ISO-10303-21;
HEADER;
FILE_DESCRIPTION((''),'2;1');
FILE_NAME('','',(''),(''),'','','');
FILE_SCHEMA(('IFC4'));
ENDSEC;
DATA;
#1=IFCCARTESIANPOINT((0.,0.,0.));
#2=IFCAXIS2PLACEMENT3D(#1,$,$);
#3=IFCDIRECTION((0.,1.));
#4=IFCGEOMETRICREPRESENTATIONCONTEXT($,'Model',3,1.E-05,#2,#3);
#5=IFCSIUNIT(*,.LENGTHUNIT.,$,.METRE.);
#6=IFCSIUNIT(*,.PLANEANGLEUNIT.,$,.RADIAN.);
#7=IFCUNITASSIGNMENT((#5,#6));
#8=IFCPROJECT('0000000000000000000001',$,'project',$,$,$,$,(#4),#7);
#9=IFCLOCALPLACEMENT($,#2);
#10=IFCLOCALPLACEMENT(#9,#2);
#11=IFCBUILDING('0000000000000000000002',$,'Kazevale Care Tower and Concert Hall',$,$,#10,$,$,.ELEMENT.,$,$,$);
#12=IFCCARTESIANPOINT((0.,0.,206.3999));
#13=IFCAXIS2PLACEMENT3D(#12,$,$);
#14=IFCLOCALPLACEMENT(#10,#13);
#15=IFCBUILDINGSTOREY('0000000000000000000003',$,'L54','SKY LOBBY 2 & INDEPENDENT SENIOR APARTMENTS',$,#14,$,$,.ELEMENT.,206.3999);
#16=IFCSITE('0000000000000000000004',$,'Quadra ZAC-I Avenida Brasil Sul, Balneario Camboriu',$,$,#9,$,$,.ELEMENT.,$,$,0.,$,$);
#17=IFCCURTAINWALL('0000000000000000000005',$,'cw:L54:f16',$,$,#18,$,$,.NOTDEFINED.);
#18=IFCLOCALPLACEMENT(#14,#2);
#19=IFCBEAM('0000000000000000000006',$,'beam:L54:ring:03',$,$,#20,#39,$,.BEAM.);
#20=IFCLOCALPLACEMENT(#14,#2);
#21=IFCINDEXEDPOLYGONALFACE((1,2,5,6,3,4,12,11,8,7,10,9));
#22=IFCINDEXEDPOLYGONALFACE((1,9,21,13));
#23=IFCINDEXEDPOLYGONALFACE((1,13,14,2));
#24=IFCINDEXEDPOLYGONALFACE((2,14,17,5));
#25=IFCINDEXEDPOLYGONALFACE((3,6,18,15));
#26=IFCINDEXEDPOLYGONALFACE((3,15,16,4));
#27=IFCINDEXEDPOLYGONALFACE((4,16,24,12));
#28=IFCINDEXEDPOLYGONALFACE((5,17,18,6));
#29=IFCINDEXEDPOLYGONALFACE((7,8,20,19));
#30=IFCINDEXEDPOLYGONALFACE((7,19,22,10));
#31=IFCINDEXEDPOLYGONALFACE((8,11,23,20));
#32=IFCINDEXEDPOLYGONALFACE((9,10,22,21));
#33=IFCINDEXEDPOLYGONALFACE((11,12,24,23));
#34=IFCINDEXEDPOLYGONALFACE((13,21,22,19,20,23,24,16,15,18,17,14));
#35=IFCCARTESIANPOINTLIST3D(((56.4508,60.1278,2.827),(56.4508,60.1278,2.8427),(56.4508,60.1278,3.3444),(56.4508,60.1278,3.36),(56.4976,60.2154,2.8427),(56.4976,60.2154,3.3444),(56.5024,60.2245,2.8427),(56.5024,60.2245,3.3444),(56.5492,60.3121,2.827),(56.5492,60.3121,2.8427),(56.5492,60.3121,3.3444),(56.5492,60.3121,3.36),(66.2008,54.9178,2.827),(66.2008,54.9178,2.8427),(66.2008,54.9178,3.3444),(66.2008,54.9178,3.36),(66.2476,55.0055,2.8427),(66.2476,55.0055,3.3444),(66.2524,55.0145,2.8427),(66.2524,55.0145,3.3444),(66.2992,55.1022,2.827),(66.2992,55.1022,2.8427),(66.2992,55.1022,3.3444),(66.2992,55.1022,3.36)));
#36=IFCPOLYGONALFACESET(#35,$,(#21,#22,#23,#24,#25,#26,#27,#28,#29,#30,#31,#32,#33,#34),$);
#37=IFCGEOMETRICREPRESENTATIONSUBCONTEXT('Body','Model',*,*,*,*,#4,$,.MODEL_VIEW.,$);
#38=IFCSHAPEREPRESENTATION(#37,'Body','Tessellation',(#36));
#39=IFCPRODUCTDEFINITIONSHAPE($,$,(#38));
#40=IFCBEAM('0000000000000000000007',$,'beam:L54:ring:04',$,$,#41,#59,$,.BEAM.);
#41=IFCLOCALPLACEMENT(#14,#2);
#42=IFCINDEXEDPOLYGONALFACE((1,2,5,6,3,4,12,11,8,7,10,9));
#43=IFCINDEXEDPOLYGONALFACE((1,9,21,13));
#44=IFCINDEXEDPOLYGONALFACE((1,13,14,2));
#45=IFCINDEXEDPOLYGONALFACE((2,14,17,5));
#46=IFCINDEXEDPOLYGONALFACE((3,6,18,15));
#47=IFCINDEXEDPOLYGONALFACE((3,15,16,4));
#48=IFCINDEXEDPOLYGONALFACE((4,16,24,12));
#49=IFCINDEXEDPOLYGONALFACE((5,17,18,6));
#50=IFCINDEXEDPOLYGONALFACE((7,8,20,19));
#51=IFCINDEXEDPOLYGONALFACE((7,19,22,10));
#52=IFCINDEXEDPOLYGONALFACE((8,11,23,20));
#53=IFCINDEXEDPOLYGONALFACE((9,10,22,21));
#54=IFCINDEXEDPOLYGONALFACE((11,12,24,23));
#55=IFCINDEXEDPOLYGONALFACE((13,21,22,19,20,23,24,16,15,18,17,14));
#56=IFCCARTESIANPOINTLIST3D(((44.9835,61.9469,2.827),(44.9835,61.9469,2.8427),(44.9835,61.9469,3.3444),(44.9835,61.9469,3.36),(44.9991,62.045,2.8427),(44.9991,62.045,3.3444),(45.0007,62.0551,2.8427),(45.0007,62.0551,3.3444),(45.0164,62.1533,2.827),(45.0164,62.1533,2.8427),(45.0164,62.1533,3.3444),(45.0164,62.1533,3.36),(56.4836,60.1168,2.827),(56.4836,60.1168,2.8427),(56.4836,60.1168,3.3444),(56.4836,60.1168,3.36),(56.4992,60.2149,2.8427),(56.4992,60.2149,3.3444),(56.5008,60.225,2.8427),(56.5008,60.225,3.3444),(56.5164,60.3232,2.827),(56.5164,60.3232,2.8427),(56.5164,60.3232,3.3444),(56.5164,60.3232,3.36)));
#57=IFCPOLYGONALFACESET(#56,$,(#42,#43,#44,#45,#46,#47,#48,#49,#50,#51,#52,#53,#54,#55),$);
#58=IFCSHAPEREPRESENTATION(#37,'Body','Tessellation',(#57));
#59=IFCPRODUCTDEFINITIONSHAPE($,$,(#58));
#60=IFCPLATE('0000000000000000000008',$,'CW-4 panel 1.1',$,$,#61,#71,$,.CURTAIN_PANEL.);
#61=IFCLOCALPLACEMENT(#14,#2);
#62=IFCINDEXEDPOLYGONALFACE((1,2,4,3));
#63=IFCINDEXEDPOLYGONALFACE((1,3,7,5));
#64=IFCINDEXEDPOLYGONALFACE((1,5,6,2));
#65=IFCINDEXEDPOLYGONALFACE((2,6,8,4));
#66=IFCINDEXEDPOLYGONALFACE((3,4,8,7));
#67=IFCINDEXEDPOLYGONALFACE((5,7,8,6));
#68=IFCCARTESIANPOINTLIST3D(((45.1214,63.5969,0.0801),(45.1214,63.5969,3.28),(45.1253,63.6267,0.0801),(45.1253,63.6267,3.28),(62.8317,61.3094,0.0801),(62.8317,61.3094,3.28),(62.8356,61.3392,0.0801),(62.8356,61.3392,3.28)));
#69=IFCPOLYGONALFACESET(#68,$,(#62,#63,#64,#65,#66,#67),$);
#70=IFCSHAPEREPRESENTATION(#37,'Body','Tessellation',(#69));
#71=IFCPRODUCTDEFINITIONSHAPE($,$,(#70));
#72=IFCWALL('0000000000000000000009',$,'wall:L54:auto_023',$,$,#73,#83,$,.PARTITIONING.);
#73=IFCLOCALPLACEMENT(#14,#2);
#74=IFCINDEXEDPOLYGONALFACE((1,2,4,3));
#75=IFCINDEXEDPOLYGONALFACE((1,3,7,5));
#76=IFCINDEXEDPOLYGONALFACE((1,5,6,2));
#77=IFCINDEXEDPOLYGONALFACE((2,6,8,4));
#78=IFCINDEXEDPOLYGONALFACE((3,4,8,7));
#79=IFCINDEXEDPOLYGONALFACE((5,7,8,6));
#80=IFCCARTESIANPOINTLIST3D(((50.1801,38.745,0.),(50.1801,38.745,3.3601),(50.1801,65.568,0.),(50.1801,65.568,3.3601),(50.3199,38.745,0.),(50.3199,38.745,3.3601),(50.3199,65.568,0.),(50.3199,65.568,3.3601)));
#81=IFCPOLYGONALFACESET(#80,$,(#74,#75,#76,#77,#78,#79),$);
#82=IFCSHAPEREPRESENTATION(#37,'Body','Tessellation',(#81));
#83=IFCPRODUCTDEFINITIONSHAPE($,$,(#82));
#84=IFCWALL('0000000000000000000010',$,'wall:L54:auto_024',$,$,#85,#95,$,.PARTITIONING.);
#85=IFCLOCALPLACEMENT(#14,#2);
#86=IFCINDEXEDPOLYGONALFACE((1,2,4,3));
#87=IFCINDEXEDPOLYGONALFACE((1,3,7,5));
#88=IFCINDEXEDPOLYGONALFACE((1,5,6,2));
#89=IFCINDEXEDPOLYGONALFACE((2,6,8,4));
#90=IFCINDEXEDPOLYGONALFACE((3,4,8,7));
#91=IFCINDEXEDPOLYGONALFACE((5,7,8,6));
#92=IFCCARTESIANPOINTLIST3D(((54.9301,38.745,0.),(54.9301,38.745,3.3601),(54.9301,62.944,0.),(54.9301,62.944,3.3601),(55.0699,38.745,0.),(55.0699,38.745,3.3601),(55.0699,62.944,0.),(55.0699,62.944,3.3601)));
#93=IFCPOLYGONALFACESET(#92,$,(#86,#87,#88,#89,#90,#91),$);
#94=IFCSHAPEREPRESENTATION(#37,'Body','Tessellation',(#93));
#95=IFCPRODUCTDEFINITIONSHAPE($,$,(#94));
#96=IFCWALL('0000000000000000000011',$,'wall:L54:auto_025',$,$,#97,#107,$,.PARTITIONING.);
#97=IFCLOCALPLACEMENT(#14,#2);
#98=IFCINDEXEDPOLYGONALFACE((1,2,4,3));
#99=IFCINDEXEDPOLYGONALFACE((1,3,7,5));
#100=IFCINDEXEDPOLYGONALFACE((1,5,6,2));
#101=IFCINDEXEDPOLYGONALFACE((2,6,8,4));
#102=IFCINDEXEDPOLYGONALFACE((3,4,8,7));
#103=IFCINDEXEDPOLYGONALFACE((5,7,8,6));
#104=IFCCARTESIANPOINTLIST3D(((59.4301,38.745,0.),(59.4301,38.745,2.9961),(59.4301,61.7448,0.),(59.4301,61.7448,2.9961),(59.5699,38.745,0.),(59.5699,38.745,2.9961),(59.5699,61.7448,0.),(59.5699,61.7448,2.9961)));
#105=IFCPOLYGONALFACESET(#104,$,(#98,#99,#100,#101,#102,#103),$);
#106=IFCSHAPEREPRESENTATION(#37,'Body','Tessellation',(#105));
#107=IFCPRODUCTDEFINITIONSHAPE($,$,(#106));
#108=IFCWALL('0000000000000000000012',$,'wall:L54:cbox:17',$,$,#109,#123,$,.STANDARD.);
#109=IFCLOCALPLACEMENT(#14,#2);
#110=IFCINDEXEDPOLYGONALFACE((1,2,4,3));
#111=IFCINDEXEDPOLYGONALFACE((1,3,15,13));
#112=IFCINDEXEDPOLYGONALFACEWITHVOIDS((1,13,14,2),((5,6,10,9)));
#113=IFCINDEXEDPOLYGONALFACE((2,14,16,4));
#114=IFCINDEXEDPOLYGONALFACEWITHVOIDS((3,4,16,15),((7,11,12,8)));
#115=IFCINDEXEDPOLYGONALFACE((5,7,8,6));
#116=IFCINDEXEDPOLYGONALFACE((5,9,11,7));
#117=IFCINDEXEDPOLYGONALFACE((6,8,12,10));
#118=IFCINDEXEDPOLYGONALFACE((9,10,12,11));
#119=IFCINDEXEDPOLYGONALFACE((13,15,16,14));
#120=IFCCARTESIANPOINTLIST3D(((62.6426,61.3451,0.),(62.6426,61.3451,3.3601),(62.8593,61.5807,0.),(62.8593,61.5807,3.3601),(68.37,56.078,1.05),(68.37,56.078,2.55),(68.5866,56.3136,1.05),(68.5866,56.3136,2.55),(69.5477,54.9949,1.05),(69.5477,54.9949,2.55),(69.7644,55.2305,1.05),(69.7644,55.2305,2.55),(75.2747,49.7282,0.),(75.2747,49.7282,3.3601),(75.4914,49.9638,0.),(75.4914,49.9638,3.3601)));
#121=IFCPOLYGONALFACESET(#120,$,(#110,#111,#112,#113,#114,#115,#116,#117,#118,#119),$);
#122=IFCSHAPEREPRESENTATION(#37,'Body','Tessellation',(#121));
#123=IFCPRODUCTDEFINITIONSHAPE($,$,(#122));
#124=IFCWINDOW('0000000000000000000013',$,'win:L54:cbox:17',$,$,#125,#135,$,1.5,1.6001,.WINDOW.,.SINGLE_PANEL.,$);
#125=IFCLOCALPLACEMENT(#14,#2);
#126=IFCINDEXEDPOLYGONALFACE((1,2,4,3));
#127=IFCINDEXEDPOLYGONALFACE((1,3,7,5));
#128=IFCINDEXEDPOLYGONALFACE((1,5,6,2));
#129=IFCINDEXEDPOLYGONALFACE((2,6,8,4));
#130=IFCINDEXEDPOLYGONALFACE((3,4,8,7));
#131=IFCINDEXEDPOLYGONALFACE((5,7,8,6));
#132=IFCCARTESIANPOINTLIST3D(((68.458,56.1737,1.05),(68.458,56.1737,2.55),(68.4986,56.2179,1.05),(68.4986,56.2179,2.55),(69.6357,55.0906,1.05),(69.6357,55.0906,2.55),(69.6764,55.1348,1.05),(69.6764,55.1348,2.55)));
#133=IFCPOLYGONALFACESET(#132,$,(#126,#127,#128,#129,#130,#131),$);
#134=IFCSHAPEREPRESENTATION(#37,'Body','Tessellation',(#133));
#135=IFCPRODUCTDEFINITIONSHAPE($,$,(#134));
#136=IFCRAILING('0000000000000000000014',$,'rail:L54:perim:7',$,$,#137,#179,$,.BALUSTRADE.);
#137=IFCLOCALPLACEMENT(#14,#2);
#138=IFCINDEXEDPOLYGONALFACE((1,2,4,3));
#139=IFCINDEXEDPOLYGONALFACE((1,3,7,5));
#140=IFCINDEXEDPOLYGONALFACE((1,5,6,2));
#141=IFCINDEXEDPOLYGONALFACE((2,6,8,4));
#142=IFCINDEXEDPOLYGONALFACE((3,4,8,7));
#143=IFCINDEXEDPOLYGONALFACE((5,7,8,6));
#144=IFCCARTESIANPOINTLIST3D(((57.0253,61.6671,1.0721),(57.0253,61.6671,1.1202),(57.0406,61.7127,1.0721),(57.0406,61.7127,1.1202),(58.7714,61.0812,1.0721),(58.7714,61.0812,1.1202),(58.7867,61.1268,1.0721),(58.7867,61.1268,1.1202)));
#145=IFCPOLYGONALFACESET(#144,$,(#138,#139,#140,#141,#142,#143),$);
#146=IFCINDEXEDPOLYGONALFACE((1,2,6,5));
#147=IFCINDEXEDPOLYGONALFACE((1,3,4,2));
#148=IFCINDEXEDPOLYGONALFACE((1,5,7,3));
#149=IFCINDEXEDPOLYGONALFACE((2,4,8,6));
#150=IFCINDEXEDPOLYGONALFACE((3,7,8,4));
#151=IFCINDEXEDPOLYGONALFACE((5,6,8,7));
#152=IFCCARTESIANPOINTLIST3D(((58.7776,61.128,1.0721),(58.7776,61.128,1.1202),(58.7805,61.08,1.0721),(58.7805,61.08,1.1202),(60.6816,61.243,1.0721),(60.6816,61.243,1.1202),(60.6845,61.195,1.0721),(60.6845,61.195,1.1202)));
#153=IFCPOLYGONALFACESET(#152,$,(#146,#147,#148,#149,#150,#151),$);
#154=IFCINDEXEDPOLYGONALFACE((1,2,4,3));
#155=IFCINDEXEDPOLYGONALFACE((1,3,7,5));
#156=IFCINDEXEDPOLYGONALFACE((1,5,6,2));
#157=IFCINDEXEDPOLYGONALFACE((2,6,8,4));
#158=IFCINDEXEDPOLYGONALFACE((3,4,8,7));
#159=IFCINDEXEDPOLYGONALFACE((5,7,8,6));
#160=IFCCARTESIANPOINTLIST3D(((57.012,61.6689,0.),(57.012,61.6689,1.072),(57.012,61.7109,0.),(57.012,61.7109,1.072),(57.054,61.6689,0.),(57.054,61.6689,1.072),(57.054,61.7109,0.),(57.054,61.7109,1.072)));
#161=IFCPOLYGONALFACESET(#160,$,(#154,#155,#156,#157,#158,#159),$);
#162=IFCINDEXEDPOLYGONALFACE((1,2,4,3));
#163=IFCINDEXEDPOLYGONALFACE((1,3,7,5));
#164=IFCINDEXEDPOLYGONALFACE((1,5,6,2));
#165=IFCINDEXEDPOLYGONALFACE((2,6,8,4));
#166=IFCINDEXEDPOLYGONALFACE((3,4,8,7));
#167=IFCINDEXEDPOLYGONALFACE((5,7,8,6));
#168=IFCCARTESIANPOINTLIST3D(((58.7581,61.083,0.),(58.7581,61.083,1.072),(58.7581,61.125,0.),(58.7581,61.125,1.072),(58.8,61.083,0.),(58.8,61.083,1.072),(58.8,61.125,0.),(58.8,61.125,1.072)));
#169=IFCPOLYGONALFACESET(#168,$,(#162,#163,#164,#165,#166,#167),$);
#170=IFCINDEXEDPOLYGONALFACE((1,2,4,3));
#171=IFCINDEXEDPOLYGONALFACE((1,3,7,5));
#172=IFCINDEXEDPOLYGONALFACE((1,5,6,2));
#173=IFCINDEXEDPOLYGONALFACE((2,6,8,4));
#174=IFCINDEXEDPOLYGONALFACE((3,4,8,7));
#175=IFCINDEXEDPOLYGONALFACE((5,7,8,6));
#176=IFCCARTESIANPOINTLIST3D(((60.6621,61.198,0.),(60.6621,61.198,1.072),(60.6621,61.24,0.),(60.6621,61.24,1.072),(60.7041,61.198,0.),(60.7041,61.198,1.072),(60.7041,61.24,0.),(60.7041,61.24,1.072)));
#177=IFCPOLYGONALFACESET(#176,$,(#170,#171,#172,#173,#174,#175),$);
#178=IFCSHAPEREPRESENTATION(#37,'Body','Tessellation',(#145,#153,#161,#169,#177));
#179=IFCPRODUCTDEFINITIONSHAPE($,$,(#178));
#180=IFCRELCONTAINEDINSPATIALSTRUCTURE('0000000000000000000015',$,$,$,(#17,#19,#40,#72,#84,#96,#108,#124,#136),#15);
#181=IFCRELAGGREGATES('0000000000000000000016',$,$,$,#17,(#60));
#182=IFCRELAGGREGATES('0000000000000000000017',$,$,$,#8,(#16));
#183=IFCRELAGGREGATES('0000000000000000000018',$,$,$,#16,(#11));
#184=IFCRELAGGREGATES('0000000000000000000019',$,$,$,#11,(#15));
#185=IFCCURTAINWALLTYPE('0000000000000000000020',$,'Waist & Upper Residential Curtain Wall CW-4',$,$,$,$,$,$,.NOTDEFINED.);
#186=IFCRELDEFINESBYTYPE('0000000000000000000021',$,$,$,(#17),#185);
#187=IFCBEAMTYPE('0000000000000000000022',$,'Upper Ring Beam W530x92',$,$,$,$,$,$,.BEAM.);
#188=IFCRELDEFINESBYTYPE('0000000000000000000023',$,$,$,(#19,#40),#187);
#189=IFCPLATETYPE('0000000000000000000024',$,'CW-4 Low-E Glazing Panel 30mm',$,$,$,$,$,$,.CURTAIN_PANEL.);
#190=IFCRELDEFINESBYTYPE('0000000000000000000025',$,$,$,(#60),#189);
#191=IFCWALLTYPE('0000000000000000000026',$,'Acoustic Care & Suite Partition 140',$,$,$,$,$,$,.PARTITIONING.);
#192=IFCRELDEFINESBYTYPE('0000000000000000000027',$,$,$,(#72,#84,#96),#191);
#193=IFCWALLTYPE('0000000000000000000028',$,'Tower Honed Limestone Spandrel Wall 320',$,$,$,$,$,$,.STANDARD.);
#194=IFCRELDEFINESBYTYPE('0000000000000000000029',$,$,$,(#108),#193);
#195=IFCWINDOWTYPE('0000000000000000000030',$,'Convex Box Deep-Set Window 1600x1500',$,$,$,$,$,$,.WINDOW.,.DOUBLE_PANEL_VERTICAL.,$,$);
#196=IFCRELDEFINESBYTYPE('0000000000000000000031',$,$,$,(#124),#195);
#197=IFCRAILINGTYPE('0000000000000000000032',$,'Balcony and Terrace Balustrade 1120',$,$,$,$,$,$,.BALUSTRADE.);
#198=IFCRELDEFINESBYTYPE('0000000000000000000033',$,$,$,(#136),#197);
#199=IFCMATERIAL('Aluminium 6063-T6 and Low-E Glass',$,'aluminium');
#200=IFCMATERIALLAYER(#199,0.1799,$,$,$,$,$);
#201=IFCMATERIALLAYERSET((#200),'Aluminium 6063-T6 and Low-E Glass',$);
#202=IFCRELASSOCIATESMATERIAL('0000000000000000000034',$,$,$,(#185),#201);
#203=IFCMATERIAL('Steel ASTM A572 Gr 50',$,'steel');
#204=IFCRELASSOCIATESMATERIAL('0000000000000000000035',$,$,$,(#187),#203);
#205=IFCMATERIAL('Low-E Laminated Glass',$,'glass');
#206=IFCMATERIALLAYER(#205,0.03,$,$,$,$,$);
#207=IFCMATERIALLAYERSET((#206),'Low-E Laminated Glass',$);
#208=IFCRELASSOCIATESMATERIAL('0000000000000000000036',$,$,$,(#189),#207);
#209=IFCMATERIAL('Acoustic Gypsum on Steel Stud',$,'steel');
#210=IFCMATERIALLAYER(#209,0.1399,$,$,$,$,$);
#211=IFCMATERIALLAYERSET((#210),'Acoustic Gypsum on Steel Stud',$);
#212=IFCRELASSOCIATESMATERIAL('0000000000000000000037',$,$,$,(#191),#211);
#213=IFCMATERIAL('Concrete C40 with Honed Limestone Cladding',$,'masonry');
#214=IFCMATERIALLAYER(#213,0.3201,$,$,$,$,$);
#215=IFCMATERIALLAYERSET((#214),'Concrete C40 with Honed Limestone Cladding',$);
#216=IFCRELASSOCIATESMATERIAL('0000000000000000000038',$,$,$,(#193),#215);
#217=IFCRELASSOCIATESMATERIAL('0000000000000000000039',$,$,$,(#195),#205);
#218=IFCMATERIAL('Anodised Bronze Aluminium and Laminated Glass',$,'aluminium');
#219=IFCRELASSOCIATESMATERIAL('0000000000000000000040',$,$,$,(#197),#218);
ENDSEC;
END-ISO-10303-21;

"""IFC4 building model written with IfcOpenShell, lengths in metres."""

from ifc_helpers import new_model, si_unit, direction, frame, frame_2d, origin, origin_2d, place, context, subcontext, project, spatial, rectangle, i_section, extrude, material, layer, layer_set, material_profile, profile_set, type_object, element, fill, aggregate, save


model = new_model("IFC4")

# Units and contexts
model_context = context("Model", 3, precision=1e-05, world=origin(), true_north=direction((0.0, 1.0)))
body_context = subcontext(model_context, "Body", "Model", "MODEL_VIEW")
ifc_project = project(units=[si_unit("LENGTHUNIT", "METRE"), si_unit("PLANEANGLEUNIT", "RADIAN")], contexts=[model_context])

# Site, building, storey
site_placement = place(None, origin())
site = spatial("IfcSite", under=ifc_project, at=site_placement, Name="Quadra ZAC-I Avenida Brasil Sul, Balneario Camboriu", CompositionType="ELEMENT", RefElevation=0.0)
building_placement = place(site_placement, origin())
building = spatial("IfcBuilding", under=site, at=building_placement, Name="Kazevale Care Tower and Concert Hall", CompositionType="ELEMENT")
storey_placement = place(building_placement, frame((0.0, 0.0, 206.3999)))
storey = spatial("IfcBuildingStorey", under=building, at=storey_placement, Name="L54", Description="SKY LOBBY 2 & INDEPENDENT SENIOR APARTMENTS", CompositionType="ELEMENT", Elevation=206.3999)

# Curtain wall
ifc_material_1 = material(Name="Aluminium 6063-T6 and Low-E Glass", Category="aluminium")
ifc_layer_1 = layer(ifc_material_1, 0.1799)
ifc_layer_set_1 = layer_set([ifc_layer_1], Name="Aluminium 6063-T6 and Low-E Glass")
curtain_wall_type = type_object("IfcCurtainWallType", Name="Waist & Upper Residential Curtain Wall CW-4", PredefinedType="NOTDEFINED", material=ifc_layer_set_1)
curtain_wall_1_placement = place(storey_placement, origin())
curtain_wall_1 = element("IfcCurtainWall", 1, at=curtain_wall_1_placement, inside=storey, type_object=curtain_wall_type, Name="cw:L54:f16", PredefinedType="NOTDEFINED")

# Beams
ifc_material_2 = material(Name="Steel ASTM A572 Gr 50", Category="steel")
ifc_material_profile_1 = material_profile(ifc_material_2, i_section(OverallWidth=0.209, OverallDepth=0.533, WebThickness=0.0103, FlangeThickness=0.0156, at=origin_2d()), Name="W530x92")
ifc_profile_set_1 = profile_set([ifc_material_profile_1], Name="Steel ASTM A572 Gr 50")
beam_type_1 = type_object("IfcBeamType", Name="Upper Ring Beam W530x92", PredefinedType="BEAM", material=ifc_profile_set_1)
beam_1_placement = place(storey_placement, frame((66.25, 55.01, 3.0935), z_axis=(-0.881979, 0.47129, 0.0), x_axis=(-0.47129, -0.881979, 0.0)))
element("IfcBeam", 2, at=beam_1_placement, inside=storey, type_object=beam_type_1, Name="beam:L54:ring:03", PredefinedType="BEAM", context=body_context, shape_type="SweptSolid", body=[
    extrude(i_section(OverallWidth=0.209, OverallDepth=0.533, WebThickness=0.0103, FlangeThickness=0.0156, at=origin_2d()), origin(), (0.0, 0.0, 1.0), 11.0547),
])
beam_2_placement = place(storey_placement, frame((56.5, 60.22, 3.0935), z_axis=(-0.987573, 0.15716, 0.0), x_axis=(-0.15716, -0.987573, 0.0)))
element("IfcBeam", 3, at=beam_2_placement, inside=storey, type_object=beam_type_1, Name="beam:L54:ring:04", PredefinedType="BEAM", context=body_context, shape_type="SweptSolid", body=[
    extrude(i_section(OverallWidth=0.209, OverallDepth=0.533, WebThickness=0.0103, FlangeThickness=0.0156, at=origin_2d()), origin(), (0.0, 0.0, 1.0), 11.6448),
])

# Plate
ifc_material_3 = material(Name="Low-E Laminated Glass", Category="glass")
ifc_layer_2 = layer(ifc_material_3, 0.03)
ifc_layer_set_2 = layer_set([ifc_layer_2], Name="Low-E Laminated Glass")
plate_type = type_object("IfcPlateType", Name="CW-4 Low-E Glazing Panel 30mm", PredefinedType="CURTAIN_PANEL", material=ifc_layer_set_2)
plate_placement = place(storey_placement, frame((53.9785, 62.468, 0.0801), z_axis=(0.0, 0.0, 1.0), x_axis=(0.991761, -0.128098, 0.0)))
plate = element("IfcPlate", 4, at=plate_placement, type_object=plate_type, Name="CW-4 panel 1.1", PredefinedType="CURTAIN_PANEL", context=body_context, shape_type="SweptSolid", body=[
    extrude(rectangle(XDim=17.8574, YDim=0.03, at=origin_2d()), origin(), (0.0, 0.0, 1.0), 3.2),
])
aggregate(curtain_wall_1, [plate])

# Walls
ifc_material_4 = material(Name="Acoustic Gypsum on Steel Stud", Category="steel")
ifc_layer_3 = layer(ifc_material_4, 0.1399)
ifc_layer_set_3 = layer_set([ifc_layer_3], Name="Acoustic Gypsum on Steel Stud")
wall_type_1 = type_object("IfcWallType", Name="Acoustic Care & Suite Partition 140", PredefinedType="PARTITIONING", material=ifc_layer_set_3)
wall_1_placement = place(storey_placement, frame((50.25, 65.5681, 0.0), z_axis=(0.0, 0.0, 1.0), x_axis=(0.0, -1.0, 0.0)))
element("IfcWall", 5, at=wall_1_placement, inside=storey, type_object=wall_type_1, Name="wall:L54:auto_023", PredefinedType="PARTITIONING", context=body_context, shape_type="SweptSolid", body=[
    extrude(rectangle(XDim=26.823, YDim=0.1399, at=frame_2d((13.4116, 0.0))), origin(), (0.0, 0.0, 1.0), 3.3601),
])
wall_2_placement = place(storey_placement, frame((55.0, 62.9441, 0.0), z_axis=(0.0, 0.0, 1.0), x_axis=(0.0, -1.0, 0.0)))
element("IfcWall", 6, at=wall_2_placement, inside=storey, type_object=wall_type_1, Name="wall:L54:auto_024", PredefinedType="PARTITIONING", context=body_context, shape_type="SweptSolid", body=[
    extrude(rectangle(XDim=24.199, YDim=0.1399, at=frame_2d((12.0996, 0.0))), origin(), (0.0, 0.0, 1.0), 3.3601),
])
wall_3_placement = place(storey_placement, frame((59.5, 61.7449, 0.0), z_axis=(0.0, 0.0, 1.0), x_axis=(0.0, -1.0, 0.0)))
element("IfcWall", 7, at=wall_3_placement, inside=storey, type_object=wall_type_1, Name="wall:L54:auto_025", PredefinedType="PARTITIONING", context=body_context, shape_type="SweptSolid", body=[
    extrude(rectangle(XDim=22.9998, YDim=0.1399, at=frame_2d((11.5, 0.0))), origin(), (0.0, 0.0, 1.0), 2.9961),
])

# Wall, opening, window
ifc_material_5 = material(Name="Concrete C40 with Honed Limestone Cladding", Category="masonry")
ifc_layer_4 = layer(ifc_material_5, 0.3201)
ifc_layer_set_4 = layer_set([ifc_layer_4], Name="Concrete C40 with Honed Limestone Cladding")
wall_type_2 = type_object("IfcWallType", Name="Tower Honed Limestone Spandrel Wall 320", PredefinedType="STANDARD", material=ifc_layer_set_4)
wall_4_placement = place(storey_placement, frame((62.751, 61.4629, 0.0), z_axis=(0.0, 0.0, 1.0), x_axis=(0.736064, -0.676912, 0.0)))
wall_4 = element("IfcWall", 8, at=wall_4_placement, inside=storey, type_object=wall_type_2, Name="wall:L54:cbox:17", PredefinedType="STANDARD", context=body_context, shape_type="SweptSolid", body=[
    extrude(rectangle(XDim=17.1616, YDim=0.3201, at=frame_2d((8.5808, 0.0))), origin(), (0.0, 0.0, 1.0), 3.3601),
])
opening_placement = place(wall_4_placement, frame((7.781, 0.0, 1.05)))
opening = element("IfcOpeningElement", 9, at=opening_placement, cuts=wall_4, PredefinedType="OPENING", context=body_context, shape_type="SweptSolid", body=[
    extrude(rectangle(XDim=1.6001, YDim=1.5, at=frame_2d((0.8, 0.75))), frame((0.0, 0.1699, 0.0), z_axis=(0.0, -1.0, 0.0), x_axis=(1.0, 0.0, 0.0)), (0.0, 0.0, 1.0), 0.3401),
])
window_type = type_object("IfcWindowType", Name="Convex Box Deep-Set Window 1600x1500", PartitioningType="DOUBLE_PANEL_VERTICAL", PredefinedType="WINDOW", material=ifc_material_3)
window_placement = place(opening_placement, origin())
window = element("IfcWindow", 10, at=window_placement, inside=storey, type_object=window_type, Name="win:L54:cbox:17", OverallHeight=1.5, OverallWidth=1.6001, PartitioningType="SINGLE_PANEL", PredefinedType="WINDOW", context=body_context, shape_type="SweptSolid", body=[
    extrude(rectangle(XDim=1.6001, YDim=1.5, at=frame_2d((0.8, 0.75))), frame((0.0, 0.03, 0.0), z_axis=(0.0, -1.0, 0.0), x_axis=(1.0, 0.0, 0.0)), (0.0, 0.0, 1.0), 0.0601),
])
fill(opening, window)

# Railing
ifc_material_6 = material(Name="Anodised Bronze Aluminium and Laminated Glass", Category="aluminium")
railing_type = type_object("IfcRailingType", Name="Balcony and Terrace Balustrade 1120", PredefinedType="BALUSTRADE", material=ifc_material_6)
railing_1_placement = place(storey_placement, frame((57.033, 61.6899, 0.0)))
element("IfcRailing", 11, at=railing_1_placement, inside=storey, type_object=railing_type, Name="rail:L54:perim:7", PredefinedType="BALUSTRADE", context=body_context, shape_type="SweptSolid", body=[
    extrude(rectangle(XDim=0.0481, YDim=0.0481, at=origin_2d()), frame((0.0, 0.0, 1.0962), z_axis=(0.948045, -0.318136, 0.0), x_axis=(0.318136, 0.948045, 0.0)), (0.0, 0.0, 1.0), 1.8418),
    extrude(rectangle(XDim=0.0481, YDim=0.0481, at=origin_2d()), frame((1.7461, -0.5859, 1.0962), z_axis=(0.998181, 0.060283, 0.0), x_axis=(-0.060283, 0.998181, 0.0)), (0.0, 0.0, 1.0), 1.9075),
    extrude(rectangle(XDim=0.042, YDim=0.042, at=origin_2d()), origin(), (0.0, 0.0, 1.0), 1.072),
    extrude(rectangle(XDim=0.042, YDim=0.042, at=origin_2d()), frame((1.7461, -0.5859, 0.0)), (0.0, 0.0, 1.0), 1.072),
    extrude(rectangle(XDim=0.042, YDim=0.042, at=origin_2d()), frame((3.6501, -0.4709, 0.0)), (0.0, 0.0, 1.0), 1.072),
])

save(model, "model.ifc")
